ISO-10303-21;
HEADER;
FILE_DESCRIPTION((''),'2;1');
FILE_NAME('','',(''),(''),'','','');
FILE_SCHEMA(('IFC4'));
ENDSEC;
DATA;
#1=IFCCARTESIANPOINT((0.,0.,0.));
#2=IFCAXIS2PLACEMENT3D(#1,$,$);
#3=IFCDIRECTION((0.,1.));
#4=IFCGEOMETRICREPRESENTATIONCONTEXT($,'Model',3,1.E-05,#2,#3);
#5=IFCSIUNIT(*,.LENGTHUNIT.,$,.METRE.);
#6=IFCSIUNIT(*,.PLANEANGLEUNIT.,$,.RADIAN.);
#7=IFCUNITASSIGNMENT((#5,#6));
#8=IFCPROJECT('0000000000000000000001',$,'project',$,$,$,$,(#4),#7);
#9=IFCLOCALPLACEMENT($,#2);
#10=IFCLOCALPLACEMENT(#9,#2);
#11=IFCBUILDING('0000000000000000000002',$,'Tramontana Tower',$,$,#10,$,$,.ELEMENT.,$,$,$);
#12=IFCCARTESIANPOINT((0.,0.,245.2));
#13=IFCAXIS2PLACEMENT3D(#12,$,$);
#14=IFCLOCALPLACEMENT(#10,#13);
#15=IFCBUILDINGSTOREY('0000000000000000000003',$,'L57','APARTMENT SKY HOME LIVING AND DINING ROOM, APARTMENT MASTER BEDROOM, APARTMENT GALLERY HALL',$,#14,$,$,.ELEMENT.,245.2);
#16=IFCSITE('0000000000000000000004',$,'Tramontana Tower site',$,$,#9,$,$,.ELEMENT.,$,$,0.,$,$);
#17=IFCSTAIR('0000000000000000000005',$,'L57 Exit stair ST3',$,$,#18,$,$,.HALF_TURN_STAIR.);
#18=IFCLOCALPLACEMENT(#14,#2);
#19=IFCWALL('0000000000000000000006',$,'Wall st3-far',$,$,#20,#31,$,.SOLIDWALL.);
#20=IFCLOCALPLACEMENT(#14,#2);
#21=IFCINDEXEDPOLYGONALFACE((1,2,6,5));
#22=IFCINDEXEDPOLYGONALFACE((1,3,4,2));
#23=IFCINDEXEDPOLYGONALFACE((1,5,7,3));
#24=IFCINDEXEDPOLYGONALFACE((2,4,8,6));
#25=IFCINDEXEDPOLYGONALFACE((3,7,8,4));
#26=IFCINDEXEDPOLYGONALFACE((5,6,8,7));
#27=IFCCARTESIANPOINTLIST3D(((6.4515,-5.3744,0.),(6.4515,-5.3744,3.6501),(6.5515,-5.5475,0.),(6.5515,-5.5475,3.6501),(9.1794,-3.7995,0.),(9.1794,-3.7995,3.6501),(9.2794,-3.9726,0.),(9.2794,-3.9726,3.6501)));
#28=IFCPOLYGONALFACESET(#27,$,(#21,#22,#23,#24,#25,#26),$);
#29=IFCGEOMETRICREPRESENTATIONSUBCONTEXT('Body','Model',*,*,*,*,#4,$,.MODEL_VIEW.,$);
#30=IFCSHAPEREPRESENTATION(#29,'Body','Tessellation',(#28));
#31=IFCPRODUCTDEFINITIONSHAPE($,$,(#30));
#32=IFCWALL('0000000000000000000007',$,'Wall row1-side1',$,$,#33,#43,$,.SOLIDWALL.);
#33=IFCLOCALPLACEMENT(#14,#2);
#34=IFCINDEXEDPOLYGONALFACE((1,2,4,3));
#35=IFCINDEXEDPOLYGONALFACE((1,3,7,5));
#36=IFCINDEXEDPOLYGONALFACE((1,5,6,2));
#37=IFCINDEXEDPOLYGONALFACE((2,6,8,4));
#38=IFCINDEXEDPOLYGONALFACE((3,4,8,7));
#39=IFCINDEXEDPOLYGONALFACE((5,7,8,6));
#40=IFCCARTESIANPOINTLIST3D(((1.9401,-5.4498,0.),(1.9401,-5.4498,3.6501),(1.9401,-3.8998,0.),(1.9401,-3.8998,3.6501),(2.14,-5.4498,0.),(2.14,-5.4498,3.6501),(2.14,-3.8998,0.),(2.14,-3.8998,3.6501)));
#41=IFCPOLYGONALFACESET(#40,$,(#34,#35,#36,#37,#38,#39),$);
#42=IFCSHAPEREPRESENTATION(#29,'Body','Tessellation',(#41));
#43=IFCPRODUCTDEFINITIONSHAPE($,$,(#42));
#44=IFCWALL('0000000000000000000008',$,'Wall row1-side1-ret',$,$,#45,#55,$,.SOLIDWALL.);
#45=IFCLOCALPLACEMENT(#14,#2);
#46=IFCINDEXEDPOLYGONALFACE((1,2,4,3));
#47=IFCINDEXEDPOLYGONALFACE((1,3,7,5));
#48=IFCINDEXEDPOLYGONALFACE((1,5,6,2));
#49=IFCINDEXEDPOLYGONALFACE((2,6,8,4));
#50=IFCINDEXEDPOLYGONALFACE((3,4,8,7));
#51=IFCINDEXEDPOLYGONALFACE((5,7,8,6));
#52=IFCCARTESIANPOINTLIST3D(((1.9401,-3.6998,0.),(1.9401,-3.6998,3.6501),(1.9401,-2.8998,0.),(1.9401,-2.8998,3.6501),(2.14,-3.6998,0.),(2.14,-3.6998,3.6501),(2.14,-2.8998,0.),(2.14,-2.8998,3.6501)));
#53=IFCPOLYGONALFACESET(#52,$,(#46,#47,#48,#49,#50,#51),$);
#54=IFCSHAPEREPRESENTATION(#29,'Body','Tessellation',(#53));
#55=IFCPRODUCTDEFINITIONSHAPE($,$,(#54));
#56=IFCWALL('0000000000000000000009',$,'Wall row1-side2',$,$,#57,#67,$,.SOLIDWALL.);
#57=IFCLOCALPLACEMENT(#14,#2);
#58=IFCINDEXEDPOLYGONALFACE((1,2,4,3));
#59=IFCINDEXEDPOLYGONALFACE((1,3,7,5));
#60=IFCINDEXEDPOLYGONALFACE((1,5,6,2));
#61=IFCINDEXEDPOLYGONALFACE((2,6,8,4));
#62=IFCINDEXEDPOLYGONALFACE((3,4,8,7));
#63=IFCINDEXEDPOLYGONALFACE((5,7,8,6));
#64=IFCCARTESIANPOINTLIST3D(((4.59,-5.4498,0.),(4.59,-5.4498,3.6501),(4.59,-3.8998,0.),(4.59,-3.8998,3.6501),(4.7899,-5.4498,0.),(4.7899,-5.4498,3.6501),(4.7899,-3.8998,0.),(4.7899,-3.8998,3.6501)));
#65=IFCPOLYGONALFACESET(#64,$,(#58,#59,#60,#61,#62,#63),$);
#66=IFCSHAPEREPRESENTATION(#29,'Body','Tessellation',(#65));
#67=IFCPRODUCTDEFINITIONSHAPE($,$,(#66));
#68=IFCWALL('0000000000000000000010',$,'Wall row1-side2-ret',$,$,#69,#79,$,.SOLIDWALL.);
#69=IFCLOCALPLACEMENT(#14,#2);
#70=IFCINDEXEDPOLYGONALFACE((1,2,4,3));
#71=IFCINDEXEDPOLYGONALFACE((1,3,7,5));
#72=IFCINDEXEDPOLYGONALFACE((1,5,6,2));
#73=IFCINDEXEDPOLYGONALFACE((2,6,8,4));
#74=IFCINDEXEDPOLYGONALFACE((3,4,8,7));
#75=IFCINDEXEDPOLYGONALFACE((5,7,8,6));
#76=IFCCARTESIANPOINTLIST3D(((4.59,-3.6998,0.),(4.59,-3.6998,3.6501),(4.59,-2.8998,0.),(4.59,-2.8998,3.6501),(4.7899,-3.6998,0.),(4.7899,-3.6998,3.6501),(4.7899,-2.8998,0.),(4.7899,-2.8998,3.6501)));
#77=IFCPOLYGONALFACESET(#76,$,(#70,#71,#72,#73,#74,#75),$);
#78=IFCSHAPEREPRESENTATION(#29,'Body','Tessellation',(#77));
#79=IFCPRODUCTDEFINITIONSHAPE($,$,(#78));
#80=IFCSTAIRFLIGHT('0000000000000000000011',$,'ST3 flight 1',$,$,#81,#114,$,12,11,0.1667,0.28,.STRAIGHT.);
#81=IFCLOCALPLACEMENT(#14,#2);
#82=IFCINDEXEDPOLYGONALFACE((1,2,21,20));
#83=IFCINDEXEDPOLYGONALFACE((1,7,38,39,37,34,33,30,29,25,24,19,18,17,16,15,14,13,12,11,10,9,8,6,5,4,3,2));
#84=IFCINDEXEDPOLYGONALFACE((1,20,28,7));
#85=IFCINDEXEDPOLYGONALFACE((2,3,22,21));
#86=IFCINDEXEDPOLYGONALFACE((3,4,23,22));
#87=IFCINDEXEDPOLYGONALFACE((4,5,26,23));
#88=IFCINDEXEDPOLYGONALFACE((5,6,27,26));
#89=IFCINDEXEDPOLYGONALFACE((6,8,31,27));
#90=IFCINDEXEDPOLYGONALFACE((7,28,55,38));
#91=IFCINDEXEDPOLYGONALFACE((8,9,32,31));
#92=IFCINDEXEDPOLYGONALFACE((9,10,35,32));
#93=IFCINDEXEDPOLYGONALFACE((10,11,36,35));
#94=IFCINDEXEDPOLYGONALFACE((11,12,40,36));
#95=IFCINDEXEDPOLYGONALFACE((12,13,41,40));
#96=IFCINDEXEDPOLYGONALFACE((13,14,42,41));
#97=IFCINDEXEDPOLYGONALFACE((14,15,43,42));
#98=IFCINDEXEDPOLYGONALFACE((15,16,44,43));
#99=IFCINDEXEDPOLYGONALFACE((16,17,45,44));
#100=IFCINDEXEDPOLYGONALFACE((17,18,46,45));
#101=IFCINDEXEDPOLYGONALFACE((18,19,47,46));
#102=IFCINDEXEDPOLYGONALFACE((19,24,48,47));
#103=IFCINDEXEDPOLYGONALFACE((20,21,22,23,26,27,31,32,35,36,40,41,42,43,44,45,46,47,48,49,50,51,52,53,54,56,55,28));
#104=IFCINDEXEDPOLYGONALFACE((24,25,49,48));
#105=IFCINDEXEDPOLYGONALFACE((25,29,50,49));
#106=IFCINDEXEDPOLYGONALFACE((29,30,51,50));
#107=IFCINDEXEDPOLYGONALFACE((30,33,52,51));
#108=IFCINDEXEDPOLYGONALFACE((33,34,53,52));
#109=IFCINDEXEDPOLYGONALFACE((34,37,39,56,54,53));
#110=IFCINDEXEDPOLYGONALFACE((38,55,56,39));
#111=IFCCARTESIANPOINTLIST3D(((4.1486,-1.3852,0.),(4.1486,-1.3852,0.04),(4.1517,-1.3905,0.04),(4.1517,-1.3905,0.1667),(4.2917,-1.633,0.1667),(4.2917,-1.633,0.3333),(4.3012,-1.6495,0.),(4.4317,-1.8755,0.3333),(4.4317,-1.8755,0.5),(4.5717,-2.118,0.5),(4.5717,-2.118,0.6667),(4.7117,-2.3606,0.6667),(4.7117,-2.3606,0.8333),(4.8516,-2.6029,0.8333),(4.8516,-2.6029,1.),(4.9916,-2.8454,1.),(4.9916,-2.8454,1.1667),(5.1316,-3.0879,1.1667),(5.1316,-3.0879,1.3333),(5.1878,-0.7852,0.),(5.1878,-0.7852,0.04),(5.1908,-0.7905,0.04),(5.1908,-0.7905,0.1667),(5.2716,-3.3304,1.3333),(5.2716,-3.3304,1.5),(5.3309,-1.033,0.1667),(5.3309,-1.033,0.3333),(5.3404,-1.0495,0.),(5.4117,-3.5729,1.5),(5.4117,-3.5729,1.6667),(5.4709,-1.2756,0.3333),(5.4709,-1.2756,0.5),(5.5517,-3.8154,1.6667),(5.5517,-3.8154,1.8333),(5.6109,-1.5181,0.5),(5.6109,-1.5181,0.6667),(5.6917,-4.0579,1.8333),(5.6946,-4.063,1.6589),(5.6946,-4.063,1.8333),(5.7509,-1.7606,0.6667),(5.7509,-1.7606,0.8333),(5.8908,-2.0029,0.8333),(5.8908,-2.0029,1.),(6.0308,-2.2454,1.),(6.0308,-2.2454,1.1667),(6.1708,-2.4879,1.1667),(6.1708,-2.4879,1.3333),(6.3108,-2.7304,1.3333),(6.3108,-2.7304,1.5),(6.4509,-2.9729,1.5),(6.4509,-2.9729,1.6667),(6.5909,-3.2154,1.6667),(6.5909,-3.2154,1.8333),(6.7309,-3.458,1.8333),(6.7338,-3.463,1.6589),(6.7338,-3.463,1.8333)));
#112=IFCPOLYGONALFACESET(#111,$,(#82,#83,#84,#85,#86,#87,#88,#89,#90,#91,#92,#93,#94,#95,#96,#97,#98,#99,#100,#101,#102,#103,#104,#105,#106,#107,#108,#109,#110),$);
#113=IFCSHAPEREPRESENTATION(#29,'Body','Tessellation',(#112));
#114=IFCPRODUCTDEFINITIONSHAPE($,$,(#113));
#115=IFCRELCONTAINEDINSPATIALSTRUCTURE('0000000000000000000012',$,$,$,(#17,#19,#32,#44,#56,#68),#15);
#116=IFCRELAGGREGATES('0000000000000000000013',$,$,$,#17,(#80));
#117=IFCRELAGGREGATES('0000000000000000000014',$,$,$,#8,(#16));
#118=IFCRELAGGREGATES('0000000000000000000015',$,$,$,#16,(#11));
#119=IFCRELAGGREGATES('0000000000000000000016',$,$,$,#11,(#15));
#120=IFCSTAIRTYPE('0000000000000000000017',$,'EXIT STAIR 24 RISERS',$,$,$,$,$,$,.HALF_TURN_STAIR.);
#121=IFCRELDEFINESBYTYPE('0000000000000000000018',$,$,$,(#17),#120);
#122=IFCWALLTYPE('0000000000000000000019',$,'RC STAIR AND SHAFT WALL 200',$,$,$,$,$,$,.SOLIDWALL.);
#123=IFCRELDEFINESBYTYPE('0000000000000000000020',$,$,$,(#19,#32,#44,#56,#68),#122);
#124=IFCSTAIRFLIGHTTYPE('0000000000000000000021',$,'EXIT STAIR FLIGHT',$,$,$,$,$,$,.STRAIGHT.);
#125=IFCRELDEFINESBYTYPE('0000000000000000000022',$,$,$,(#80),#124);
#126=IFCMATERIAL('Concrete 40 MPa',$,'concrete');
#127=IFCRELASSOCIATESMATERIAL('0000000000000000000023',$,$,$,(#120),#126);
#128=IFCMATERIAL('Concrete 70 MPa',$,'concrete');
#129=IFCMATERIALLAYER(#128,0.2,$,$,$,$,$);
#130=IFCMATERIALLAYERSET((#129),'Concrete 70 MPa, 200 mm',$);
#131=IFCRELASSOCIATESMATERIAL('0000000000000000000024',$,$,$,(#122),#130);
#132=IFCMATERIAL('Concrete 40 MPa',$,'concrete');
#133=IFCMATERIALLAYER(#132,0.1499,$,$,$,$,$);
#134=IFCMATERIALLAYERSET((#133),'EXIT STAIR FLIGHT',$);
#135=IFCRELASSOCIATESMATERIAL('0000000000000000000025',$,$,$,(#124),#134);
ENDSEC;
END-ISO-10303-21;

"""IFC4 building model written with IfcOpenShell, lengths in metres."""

from ifc_helpers import new_model, si_unit, direction, frame, frame_2d, origin, place, context, subcontext, project, spatial, polyline, rectangle, outline, extrude, material, layer, layer_set, type_object, element, aggregate, save


model = new_model("IFC4")

# Units and contexts
model_context = context("Model", 3, precision=1e-05, world=origin(), true_north=direction((0.0, 1.0)))
body_context = subcontext(model_context, "Body", "Model", "MODEL_VIEW")
ifc_project = project(units=[si_unit("LENGTHUNIT", "METRE"), si_unit("PLANEANGLEUNIT", "RADIAN")], contexts=[model_context])

# Site, building, storey
site_placement = place(None, origin())
site = spatial("IfcSite", under=ifc_project, at=site_placement, Name="Tramontana Tower site", CompositionType="ELEMENT", RefElevation=0.0)
building_placement = place(site_placement, origin())
building = spatial("IfcBuilding", under=site, at=building_placement, Name="Tramontana Tower", CompositionType="ELEMENT")
storey_placement = place(building_placement, frame((0.0, 0.0, 245.2)))
storey = spatial("IfcBuildingStorey", under=building, at=storey_placement, Name="L57", Description="APARTMENT SKY HOME LIVING AND DINING ROOM, APARTMENT MASTER BEDROOM, APARTMENT GALLERY HALL", CompositionType="ELEMENT", Elevation=245.2)

# Stair
ifc_material_1 = material(Name="Concrete 40 MPa", Category="concrete")
stair_type = type_object("IfcStairType", Name="EXIT STAIR 24 RISERS", PredefinedType="HALF_TURN_STAIR", material=ifc_material_1)
stair_1_placement = place(storey_placement, origin())
stair_1 = element("IfcStair", 1, at=stair_1_placement, inside=storey, type_object=stair_type, Name="L57 Exit stair ST3", PredefinedType="HALF_TURN_STAIR")

# Wall
ifc_material_2 = material(Name="Concrete 70 MPa", Category="concrete")
ifc_layer_1 = layer(ifc_material_2, 0.2)
ifc_layer_set_1 = layer_set([ifc_layer_1], Name="Concrete 70 MPa, 200 mm")
wall_type = type_object("IfcWallType", Name="RC STAIR AND SHAFT WALL 200", PredefinedType="SOLIDWALL", material=ifc_layer_set_1)
wall_1_placement = place(storey_placement, frame((6.5015, -5.4609, 0.0), z_axis=(0.0, 0.0, 1.0), x_axis=(0.866036, 0.499982, 0.0)))
element("IfcWall", 2, at=wall_1_placement, inside=storey, type_object=wall_type, Name="Wall st3-far", PredefinedType="SOLIDWALL", context=body_context, shape_type="SweptSolid", body=[
    extrude(rectangle(XDim=3.1499, YDim=0.2, at=frame_2d((1.575, 0.0))), origin(), (0.0, 0.0, 1.0), 3.6501),
])

# Walls
wall_2_placement = place(storey_placement, frame((2.04, -3.8999, 0.0), z_axis=(0.0, 0.0, 1.0), x_axis=(0.0, -1.0, 0.0)))
element("IfcWall", 3, at=wall_2_placement, inside=storey, type_object=wall_type, Name="Wall row1-side1", PredefinedType="SOLIDWALL", context=body_context, shape_type="SweptSolid", body=[
    extrude(rectangle(XDim=1.55, YDim=0.2, at=frame_2d((0.7749, 0.0))), origin(), (0.0, 0.0, 1.0), 3.6501),
])
wall_3_placement = place(storey_placement, frame((2.04, -2.8999, 0.0), z_axis=(0.0, 0.0, 1.0), x_axis=(0.0, -1.0, 0.0)))
element("IfcWall", 4, at=wall_3_placement, inside=storey, type_object=wall_type, Name="Wall row1-side1-ret", PredefinedType="SOLIDWALL", context=body_context, shape_type="SweptSolid", body=[
    extrude(rectangle(XDim=0.8, YDim=0.2, at=frame_2d((0.3999, 0.0))), origin(), (0.0, 0.0, 1.0), 3.6501),
])
wall_4_placement = place(storey_placement, frame((4.6899, -3.8999, 0.0), z_axis=(0.0, 0.0, 1.0), x_axis=(0.0, -1.0, 0.0)))
element("IfcWall", 5, at=wall_4_placement, inside=storey, type_object=wall_type, Name="Wall row1-side2", PredefinedType="SOLIDWALL", context=body_context, shape_type="SweptSolid", body=[
    extrude(rectangle(XDim=1.55, YDim=0.2, at=frame_2d((0.7749, 0.0))), origin(), (0.0, 0.0, 1.0), 3.6501),
])
wall_5_placement = place(storey_placement, frame((4.6899, -2.8999, 0.0), z_axis=(0.0, 0.0, 1.0), x_axis=(0.0, -1.0, 0.0)))
element("IfcWall", 6, at=wall_5_placement, inside=storey, type_object=wall_type, Name="Wall row1-side2-ret", PredefinedType="SOLIDWALL", context=body_context, shape_type="SweptSolid", body=[
    extrude(rectangle(XDim=0.8, YDim=0.2, at=frame_2d((0.3999, 0.0))), origin(), (0.0, 0.0, 1.0), 3.6501),
])

# Stair flight
ifc_material_3 = material(Name="Concrete 40 MPa", Category="concrete")
ifc_layer_2 = layer(ifc_material_3, 0.1499)
ifc_layer_set_2 = layer_set([ifc_layer_2], Name="EXIT STAIR FLIGHT")
stair_flight_type = type_object("IfcStairFlightType", Name="EXIT STAIR FLIGHT", PredefinedType="STRAIGHT", material=ifc_layer_set_2)
stair_flight_placement = place(storey_placement, frame((4.6711, -1.0906, 0.0), z_axis=(0.0, 0.0, 1.0), x_axis=(0.5, -0.866025, 0.0)))
stair_flight = element("IfcStairFlight", 7, at=stair_flight_placement, type_object=stair_flight_type, Name="ST3 flight 1", NumberOfRisers=12, NumberOfTreads=11, PredefinedType="STRAIGHT", RiserHeight=0.1667, TreadLength=0.28, context=body_context, shape_type="SweptSolid", body=[
    extrude(outline(polyline([(-0.0061, 0.0), (-0.0061, 0.04), (0.0, 0.04), (0.0, 0.1667), (0.28, 0.1667), (0.28, 0.3333), (0.5601, 0.3333), (0.5601, 0.5), (0.8401, 0.5), (0.8401, 0.6667), (1.1201, 0.6667), (1.1201, 0.8333), (1.3999, 0.8333), (1.3999, 1.0), (1.6799, 1.0), (1.6799, 1.1667), (1.96, 1.1667), (1.96, 1.3333), (2.24, 1.3333), (2.24, 1.5), (2.52, 1.5), (2.52, 1.6667), (2.8, 1.6667), (2.8, 1.8333), (3.0801, 1.8333), (3.0859, 1.8333), (3.0859, 1.6589), (0.2991, 0.0), (-0.0061, 0.0)])), frame((0.0, 0.6001, 0.0), z_axis=(0.0, -1.0, 0.0), x_axis=(1.0, 0.0, 0.0)), (0.0, 0.0, 1.0), 1.2),
])
aggregate(stair_1, [stair_flight])

save(model, "model.ifc")
